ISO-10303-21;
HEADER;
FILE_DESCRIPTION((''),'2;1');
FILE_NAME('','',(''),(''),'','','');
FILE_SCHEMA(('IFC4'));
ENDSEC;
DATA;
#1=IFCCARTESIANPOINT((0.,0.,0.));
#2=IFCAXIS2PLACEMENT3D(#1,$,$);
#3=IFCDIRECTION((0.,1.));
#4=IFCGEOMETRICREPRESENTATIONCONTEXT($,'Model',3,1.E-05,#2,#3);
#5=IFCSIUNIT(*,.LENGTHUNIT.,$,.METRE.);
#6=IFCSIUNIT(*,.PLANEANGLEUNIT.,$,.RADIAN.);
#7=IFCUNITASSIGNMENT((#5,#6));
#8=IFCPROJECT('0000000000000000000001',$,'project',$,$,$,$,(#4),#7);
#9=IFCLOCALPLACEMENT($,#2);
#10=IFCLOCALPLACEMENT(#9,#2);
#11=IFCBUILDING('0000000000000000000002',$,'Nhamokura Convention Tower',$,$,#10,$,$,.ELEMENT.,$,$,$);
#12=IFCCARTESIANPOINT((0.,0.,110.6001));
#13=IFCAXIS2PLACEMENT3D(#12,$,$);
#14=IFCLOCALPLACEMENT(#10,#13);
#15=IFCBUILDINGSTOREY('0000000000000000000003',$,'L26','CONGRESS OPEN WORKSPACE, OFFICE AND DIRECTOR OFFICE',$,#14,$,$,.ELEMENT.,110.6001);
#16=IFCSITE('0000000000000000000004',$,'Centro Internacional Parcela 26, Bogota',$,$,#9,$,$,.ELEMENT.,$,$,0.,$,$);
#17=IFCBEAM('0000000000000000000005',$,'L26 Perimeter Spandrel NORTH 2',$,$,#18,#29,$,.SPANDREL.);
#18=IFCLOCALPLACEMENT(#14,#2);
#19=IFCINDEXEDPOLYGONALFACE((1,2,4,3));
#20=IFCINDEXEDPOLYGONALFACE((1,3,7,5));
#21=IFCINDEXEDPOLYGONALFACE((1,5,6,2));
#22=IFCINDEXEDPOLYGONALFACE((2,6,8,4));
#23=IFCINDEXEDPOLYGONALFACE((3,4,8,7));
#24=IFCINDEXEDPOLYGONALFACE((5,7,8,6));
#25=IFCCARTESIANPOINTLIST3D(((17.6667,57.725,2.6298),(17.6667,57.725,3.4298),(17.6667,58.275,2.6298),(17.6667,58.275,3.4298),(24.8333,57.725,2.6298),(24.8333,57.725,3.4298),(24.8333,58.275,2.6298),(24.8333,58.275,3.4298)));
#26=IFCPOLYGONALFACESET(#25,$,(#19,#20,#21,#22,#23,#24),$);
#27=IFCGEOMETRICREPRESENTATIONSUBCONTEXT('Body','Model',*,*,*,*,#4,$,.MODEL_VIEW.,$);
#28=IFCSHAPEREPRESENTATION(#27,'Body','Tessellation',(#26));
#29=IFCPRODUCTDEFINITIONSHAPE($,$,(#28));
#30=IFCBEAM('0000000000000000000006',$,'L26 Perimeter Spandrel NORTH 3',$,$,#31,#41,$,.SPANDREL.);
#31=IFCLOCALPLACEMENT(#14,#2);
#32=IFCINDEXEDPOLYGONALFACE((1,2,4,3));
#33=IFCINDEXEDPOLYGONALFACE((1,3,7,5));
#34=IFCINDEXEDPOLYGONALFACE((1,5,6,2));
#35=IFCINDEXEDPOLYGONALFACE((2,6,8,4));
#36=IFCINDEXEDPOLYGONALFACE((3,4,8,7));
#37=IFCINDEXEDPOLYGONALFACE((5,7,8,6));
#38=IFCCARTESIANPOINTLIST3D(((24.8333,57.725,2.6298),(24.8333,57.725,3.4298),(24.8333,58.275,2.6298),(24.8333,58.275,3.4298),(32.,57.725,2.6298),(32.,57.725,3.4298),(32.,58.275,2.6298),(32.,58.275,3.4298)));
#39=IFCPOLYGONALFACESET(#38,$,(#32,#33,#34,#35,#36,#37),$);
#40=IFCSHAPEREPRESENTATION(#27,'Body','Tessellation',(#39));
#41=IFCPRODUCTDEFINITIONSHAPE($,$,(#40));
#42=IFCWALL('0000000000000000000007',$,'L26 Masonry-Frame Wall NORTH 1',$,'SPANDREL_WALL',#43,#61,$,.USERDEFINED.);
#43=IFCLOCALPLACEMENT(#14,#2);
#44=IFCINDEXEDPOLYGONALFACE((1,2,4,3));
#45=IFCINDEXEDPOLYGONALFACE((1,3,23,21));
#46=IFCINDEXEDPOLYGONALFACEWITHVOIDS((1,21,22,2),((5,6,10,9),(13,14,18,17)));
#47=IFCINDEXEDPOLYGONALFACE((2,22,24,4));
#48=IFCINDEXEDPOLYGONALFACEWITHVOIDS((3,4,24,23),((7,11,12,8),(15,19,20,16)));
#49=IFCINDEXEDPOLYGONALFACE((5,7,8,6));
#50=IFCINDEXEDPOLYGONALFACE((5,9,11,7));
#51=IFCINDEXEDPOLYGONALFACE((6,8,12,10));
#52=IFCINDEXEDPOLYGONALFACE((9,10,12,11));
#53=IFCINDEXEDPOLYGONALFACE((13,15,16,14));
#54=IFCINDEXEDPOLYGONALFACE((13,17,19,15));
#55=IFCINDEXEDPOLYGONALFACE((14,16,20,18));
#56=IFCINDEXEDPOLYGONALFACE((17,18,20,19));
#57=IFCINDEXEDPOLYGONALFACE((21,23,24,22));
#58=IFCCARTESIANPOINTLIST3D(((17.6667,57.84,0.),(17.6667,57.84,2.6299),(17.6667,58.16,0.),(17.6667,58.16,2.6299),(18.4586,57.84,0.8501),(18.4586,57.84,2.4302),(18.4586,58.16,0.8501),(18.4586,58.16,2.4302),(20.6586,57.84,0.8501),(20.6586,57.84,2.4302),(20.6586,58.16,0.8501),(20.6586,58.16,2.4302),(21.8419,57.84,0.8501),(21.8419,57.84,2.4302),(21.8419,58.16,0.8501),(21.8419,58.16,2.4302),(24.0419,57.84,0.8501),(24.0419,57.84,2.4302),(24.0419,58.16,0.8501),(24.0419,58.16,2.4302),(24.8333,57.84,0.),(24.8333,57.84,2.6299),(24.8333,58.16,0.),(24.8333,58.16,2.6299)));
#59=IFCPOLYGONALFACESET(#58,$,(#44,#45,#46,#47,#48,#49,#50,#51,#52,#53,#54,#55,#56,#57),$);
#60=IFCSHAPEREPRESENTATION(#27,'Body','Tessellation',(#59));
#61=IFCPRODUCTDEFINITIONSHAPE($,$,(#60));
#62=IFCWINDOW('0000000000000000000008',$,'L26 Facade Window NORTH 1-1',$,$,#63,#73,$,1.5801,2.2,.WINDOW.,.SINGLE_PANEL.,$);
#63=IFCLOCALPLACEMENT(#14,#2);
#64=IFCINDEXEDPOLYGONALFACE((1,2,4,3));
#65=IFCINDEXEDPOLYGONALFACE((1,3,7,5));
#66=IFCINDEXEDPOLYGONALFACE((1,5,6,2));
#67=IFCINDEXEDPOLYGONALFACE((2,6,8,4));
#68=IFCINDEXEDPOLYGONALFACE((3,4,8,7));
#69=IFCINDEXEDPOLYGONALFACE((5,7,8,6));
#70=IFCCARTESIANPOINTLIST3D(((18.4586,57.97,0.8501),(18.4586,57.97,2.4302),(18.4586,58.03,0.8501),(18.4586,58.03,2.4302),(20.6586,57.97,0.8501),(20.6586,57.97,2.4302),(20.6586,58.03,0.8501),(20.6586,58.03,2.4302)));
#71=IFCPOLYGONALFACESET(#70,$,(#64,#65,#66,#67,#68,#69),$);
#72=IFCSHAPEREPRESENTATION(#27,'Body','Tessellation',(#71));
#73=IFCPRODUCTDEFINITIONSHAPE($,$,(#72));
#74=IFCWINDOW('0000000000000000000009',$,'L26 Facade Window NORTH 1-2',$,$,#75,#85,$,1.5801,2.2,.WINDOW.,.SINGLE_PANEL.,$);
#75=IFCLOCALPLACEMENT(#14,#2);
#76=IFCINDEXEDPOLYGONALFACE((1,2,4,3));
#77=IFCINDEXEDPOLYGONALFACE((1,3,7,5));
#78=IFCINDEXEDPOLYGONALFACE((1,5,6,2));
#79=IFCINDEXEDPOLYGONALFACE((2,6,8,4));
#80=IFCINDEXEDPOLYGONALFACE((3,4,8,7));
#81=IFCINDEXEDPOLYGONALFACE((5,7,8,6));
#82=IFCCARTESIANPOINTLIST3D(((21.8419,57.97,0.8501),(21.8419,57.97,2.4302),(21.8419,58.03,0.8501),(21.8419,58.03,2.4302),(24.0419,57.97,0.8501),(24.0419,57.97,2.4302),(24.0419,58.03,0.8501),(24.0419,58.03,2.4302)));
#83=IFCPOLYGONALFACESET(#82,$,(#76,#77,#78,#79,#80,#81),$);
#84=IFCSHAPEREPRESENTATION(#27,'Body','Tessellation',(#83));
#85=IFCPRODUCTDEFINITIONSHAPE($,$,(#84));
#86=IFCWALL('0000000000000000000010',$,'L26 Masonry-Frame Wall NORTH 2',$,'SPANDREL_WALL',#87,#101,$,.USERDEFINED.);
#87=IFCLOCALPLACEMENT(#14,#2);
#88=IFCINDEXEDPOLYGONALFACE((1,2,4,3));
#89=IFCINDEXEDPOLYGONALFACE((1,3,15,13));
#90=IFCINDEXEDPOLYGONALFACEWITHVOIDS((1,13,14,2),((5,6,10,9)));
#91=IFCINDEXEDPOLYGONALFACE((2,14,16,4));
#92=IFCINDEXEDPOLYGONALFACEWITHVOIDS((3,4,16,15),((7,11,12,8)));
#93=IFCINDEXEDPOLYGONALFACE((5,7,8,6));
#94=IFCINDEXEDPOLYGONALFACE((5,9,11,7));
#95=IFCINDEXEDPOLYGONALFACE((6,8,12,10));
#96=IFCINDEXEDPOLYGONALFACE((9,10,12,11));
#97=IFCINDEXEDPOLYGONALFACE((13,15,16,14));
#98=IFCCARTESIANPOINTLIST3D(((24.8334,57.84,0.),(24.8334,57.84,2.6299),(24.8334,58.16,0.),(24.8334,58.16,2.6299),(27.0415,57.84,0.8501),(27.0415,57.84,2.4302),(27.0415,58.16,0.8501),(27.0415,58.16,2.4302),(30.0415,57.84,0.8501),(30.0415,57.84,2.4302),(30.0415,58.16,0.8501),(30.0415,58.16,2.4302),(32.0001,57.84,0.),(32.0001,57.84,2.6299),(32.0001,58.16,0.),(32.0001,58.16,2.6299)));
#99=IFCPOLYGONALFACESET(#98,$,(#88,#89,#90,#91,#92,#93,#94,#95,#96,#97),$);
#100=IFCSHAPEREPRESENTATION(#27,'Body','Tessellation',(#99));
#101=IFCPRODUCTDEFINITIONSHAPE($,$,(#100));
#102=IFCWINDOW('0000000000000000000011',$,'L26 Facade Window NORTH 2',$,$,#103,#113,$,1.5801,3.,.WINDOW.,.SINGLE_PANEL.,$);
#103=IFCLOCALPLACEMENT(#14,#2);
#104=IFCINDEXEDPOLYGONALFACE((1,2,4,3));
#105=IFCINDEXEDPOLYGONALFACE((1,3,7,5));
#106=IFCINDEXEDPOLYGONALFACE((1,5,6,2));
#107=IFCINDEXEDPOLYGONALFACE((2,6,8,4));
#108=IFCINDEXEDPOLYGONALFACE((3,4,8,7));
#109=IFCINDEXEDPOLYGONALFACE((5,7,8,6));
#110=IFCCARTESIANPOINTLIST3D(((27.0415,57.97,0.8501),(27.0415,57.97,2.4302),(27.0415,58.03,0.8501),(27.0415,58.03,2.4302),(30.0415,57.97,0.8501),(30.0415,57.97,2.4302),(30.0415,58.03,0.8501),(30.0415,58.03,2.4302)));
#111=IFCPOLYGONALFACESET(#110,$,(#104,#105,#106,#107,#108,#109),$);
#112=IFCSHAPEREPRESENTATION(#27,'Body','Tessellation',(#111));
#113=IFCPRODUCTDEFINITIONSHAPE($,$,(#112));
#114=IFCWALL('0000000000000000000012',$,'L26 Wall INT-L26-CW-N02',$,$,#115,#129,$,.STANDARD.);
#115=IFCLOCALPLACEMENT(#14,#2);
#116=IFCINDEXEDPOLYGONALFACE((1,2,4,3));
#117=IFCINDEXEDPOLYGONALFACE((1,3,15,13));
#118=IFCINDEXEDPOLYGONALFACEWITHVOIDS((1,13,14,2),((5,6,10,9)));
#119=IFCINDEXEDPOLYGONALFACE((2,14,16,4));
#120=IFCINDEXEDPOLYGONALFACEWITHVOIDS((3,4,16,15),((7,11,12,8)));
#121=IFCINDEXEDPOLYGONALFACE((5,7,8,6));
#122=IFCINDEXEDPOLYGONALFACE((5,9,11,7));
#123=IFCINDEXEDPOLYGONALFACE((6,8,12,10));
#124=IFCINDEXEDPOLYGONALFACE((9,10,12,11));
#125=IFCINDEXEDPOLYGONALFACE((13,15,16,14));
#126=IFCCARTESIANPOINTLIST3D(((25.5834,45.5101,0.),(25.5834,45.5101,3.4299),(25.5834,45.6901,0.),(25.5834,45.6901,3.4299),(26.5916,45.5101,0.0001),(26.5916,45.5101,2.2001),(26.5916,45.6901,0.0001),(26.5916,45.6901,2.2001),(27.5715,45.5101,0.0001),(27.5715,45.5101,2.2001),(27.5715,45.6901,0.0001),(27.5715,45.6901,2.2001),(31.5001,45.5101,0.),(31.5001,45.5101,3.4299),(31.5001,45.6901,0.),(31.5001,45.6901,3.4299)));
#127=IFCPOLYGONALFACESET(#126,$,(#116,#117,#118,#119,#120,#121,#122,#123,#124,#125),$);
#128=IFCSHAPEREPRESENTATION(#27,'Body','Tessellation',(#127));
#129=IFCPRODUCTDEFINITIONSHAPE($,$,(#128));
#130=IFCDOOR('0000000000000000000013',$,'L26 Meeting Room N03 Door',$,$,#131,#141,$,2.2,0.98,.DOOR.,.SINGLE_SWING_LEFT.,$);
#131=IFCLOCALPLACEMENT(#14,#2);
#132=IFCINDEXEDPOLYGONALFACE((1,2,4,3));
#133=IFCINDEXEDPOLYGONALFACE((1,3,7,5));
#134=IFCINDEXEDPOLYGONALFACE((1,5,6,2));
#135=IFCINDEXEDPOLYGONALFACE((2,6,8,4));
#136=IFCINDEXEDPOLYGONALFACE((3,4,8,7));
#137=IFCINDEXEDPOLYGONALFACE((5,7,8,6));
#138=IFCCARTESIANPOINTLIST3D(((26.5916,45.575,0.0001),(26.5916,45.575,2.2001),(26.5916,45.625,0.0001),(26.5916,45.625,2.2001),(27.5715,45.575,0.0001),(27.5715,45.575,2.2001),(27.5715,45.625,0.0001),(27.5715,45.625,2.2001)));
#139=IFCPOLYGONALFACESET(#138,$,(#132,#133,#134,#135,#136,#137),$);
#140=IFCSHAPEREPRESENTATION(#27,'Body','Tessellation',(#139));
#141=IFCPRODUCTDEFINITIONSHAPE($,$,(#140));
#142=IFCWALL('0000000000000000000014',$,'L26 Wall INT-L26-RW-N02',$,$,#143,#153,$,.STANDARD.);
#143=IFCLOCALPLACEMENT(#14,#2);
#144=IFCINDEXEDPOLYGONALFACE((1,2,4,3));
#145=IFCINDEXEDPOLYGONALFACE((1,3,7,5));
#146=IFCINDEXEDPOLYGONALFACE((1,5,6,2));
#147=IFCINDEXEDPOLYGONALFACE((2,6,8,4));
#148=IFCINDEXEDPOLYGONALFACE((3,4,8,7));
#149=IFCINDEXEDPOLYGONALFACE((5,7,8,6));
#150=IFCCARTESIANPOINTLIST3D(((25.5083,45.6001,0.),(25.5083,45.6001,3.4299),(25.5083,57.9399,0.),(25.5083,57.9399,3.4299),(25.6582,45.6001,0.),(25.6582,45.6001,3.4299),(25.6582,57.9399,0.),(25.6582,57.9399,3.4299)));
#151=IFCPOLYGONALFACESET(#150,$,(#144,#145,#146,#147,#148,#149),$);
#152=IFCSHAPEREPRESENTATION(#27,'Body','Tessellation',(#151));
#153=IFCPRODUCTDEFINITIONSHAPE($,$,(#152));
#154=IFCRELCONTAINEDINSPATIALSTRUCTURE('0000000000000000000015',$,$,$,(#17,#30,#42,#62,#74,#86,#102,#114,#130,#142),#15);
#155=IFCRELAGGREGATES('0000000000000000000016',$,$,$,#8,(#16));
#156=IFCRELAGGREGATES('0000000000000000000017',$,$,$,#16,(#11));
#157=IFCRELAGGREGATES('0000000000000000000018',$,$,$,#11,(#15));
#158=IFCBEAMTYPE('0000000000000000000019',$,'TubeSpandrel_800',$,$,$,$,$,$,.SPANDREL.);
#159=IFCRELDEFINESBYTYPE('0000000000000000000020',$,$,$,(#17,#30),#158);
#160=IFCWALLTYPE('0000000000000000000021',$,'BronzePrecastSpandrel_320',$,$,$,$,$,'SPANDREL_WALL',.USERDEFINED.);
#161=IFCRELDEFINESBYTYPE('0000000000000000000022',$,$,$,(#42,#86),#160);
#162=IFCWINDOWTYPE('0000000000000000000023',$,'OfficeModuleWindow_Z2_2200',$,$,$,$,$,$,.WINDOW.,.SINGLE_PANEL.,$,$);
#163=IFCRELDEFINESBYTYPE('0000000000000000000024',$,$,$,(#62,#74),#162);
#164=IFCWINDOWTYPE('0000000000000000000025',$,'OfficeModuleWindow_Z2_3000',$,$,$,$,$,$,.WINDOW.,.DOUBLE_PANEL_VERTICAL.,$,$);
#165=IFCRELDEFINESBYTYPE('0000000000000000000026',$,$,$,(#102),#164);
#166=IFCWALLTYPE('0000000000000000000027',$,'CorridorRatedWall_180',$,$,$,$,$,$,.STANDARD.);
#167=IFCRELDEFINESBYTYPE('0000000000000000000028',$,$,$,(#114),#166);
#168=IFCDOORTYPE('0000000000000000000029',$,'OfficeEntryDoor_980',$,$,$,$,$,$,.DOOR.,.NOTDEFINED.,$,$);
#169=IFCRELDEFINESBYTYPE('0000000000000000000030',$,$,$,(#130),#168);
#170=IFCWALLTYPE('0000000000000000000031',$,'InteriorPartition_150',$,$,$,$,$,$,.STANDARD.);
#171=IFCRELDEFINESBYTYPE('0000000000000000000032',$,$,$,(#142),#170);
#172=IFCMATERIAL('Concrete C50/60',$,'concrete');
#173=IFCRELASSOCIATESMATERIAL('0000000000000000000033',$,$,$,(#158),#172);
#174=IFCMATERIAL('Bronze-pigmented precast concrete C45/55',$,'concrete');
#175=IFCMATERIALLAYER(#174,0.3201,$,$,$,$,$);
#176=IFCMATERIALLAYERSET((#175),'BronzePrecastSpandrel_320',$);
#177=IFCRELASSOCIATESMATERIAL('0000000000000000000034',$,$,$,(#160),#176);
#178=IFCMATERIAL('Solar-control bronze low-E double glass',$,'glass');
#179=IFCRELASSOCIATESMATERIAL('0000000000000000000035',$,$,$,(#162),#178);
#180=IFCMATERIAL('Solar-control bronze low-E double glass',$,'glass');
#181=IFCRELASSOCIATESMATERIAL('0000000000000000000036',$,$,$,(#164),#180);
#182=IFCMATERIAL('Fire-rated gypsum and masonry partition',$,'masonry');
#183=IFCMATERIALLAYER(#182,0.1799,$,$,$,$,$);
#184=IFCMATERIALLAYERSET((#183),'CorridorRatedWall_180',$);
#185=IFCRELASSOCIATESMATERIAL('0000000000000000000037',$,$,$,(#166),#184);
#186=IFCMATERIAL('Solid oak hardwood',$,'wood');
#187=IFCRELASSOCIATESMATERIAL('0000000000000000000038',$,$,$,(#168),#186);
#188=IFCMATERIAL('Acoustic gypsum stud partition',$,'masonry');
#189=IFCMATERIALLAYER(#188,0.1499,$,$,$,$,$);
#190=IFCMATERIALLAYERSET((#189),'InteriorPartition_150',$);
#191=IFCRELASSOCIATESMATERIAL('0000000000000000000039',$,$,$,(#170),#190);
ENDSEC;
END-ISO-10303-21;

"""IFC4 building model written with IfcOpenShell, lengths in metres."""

from ifc_helpers import new_model, si_unit, direction, frame, frame_2d, origin, origin_2d, place, context, subcontext, project, spatial, rectangle, extrude, material, layer, layer_set, material_profile, profile_set, type_object, element, fill, save


model = new_model("IFC4")

# Units and contexts
model_context = context("Model", 3, precision=1e-05, world=origin(), true_north=direction((0.0, 1.0)))
body_context = subcontext(model_context, "Body", "Model", "MODEL_VIEW")
ifc_project = project(units=[si_unit("LENGTHUNIT", "METRE"), si_unit("PLANEANGLEUNIT", "RADIAN")], contexts=[model_context])

# Site, building, storey
site_placement = place(None, origin())
site = spatial("IfcSite", under=ifc_project, at=site_placement, Name="Centro Internacional Parcela 26, Bogota", CompositionType="ELEMENT", RefElevation=0.0)
building_placement = place(site_placement, origin())
building = spatial("IfcBuilding", under=site, at=building_placement, Name="Nhamokura Convention Tower", CompositionType="ELEMENT")
storey_placement = place(building_placement, frame((0.0, 0.0, 110.6001)))
storey = spatial("IfcBuildingStorey", under=building, at=storey_placement, Name="L26", Description="CONGRESS OPEN WORKSPACE, OFFICE AND DIRECTOR OFFICE", CompositionType="ELEMENT", Elevation=110.6001)

# Beams
ifc_material_1 = material(Name="Concrete C50/60", Category="concrete")
ifc_material_profile_1 = material_profile(ifc_material_1, rectangle(XDim=0.55, YDim=0.8, at=origin_2d()))
ifc_profile_set_1 = profile_set([ifc_material_profile_1], Name="Concrete C50/60")
beam_type_1 = type_object("IfcBeamType", Name="TubeSpandrel_800", PredefinedType="SPANDREL", material=ifc_profile_set_1)
beam_1_placement = place(storey_placement, frame((17.6667, 58.0, 3.0298), z_axis=(1.0, 0.0, 0.0), x_axis=(0.0, 1.0, 0.0)))
element("IfcBeam", 1, at=beam_1_placement, inside=storey, type_object=beam_type_1, Name="L26 Perimeter Spandrel NORTH 2", PredefinedType="SPANDREL", context=body_context, shape_type="SweptSolid", body=[
    extrude(rectangle(XDim=0.55, YDim=0.8, at=origin_2d()), origin(), (0.0, 0.0, 1.0), 7.1665),
])
beam_2_placement = place(storey_placement, frame((24.8333, 58.0, 3.0298), z_axis=(1.0, 0.0, 0.0), x_axis=(0.0, 1.0, 0.0)))
element("IfcBeam", 2, at=beam_2_placement, inside=storey, type_object=beam_type_1, Name="L26 Perimeter Spandrel NORTH 3", PredefinedType="SPANDREL", context=body_context, shape_type="SweptSolid", body=[
    extrude(rectangle(XDim=0.55, YDim=0.8, at=origin_2d()), origin(), (0.0, 0.0, 1.0), 7.1667),
])

# Wall, openings, windows
ifc_material_2 = material(Name="Bronze-pigmented precast concrete C45/55", Category="concrete")
ifc_layer_1 = layer(ifc_material_2, 0.3201)
ifc_layer_set_1 = layer_set([ifc_layer_1], Name="BronzePrecastSpandrel_320")
wall_type_1 = type_object("IfcWallType", Name="BronzePrecastSpandrel_320", ElementType="SPANDREL_WALL", PredefinedType="USERDEFINED", material=ifc_layer_set_1)
wall_1_placement = place(storey_placement, frame((17.6667, 58.0, 0.0), z_axis=(0.0, 0.0, 1.0), x_axis=(1.0, 0.0, 0.0)))
wall_1 = element("IfcWall", 3, at=wall_1_placement, inside=storey, type_object=wall_type_1, Name="L26 Masonry-Frame Wall NORTH 1", ObjectType="SPANDREL_WALL", PredefinedType="USERDEFINED", context=body_context, shape_type="SweptSolid", body=[
    extrude(rectangle(XDim=7.1665, YDim=0.3201, at=frame_2d((3.5833, 0.0))), origin(), (0.0, 0.0, 1.0), 2.6299),
])
opening_1_placement = place(wall_1_placement, frame((0.7917, 0.0, 0.8501)))
opening_1 = element("IfcOpeningElement", 4, at=opening_1_placement, cuts=wall_1, PredefinedType="OPENING", context=body_context, shape_type="SweptSolid", body=[
    extrude(rectangle(XDim=2.2, YDim=1.5801, at=frame_2d((1.1001, 0.79))), frame((0.0, 0.1699, 0.0), z_axis=(0.0, -1.0, 0.0), x_axis=(1.0, 0.0, 0.0)), (0.0, 0.0, 1.0), 0.3401),
])
opening_2_placement = place(wall_1_placement, frame((4.175, 0.0, 0.8501)))
opening_2 = element("IfcOpeningElement", 5, at=opening_2_placement, cuts=wall_1, PredefinedType="OPENING", context=body_context, shape_type="SweptSolid", body=[
    extrude(rectangle(XDim=2.2, YDim=1.5801, at=frame_2d((1.1001, 0.79))), frame((0.0, 0.1699, 0.0), z_axis=(0.0, -1.0, 0.0), x_axis=(1.0, 0.0, 0.0)), (0.0, 0.0, 1.0), 0.3401),
])
ifc_material_3 = material(Name="Solar-control bronze low-E double glass", Category="glass")
window_type_1 = type_object("IfcWindowType", Name="OfficeModuleWindow_Z2_2200", PartitioningType="SINGLE_PANEL", PredefinedType="WINDOW", material=ifc_material_3)
window_1_placement = place(opening_1_placement, origin())
window_1 = element("IfcWindow", 6, at=window_1_placement, inside=storey, type_object=window_type_1, Name="L26 Facade Window NORTH 1-1", OverallHeight=1.5801, OverallWidth=2.2, PartitioningType="SINGLE_PANEL", PredefinedType="WINDOW", context=body_context, shape_type="SweptSolid", body=[
    extrude(rectangle(XDim=2.2, YDim=1.5801, at=frame_2d((1.1001, 0.79))), frame((0.0, 0.03, 0.0), z_axis=(0.0, -1.0, 0.0), x_axis=(1.0, 0.0, 0.0)), (0.0, 0.0, 1.0), 0.0601),
])
fill(opening_1, window_1)
window_2_placement = place(opening_2_placement, origin())
window_2 = element("IfcWindow", 7, at=window_2_placement, inside=storey, type_object=window_type_1, Name="L26 Facade Window NORTH 1-2", OverallHeight=1.5801, OverallWidth=2.2, PartitioningType="SINGLE_PANEL", PredefinedType="WINDOW", context=body_context, shape_type="SweptSolid", body=[
    extrude(rectangle(XDim=2.2, YDim=1.5801, at=frame_2d((1.1001, 0.79))), frame((0.0, 0.03, 0.0), z_axis=(0.0, -1.0, 0.0), x_axis=(1.0, 0.0, 0.0)), (0.0, 0.0, 1.0), 0.0601),
])
fill(opening_2, window_2)

# Wall, opening, window
wall_2_placement = place(storey_placement, frame((24.8333, 58.0, 0.0), z_axis=(0.0, 0.0, 1.0), x_axis=(1.0, 0.0, 0.0)))
wall_2 = element("IfcWall", 8, at=wall_2_placement, inside=storey, type_object=wall_type_1, Name="L26 Masonry-Frame Wall NORTH 2", ObjectType="SPANDREL_WALL", PredefinedType="USERDEFINED", context=body_context, shape_type="SweptSolid", body=[
    extrude(rectangle(XDim=7.1667, YDim=0.3201, at=frame_2d((3.5835, 0.0))), origin(), (0.0, 0.0, 1.0), 2.6299),
])
opening_3_placement = place(wall_2_placement, frame((2.2083, 0.0, 0.8501)))
opening_3 = element("IfcOpeningElement", 9, at=opening_3_placement, cuts=wall_2, PredefinedType="OPENING", context=body_context, shape_type="SweptSolid", body=[
    extrude(rectangle(XDim=3.0, YDim=1.5801, at=frame_2d((1.5, 0.79))), frame((0.0, 0.1699, 0.0), z_axis=(0.0, -1.0, 0.0), x_axis=(1.0, 0.0, 0.0)), (0.0, 0.0, 1.0), 0.3401),
])
ifc_material_4 = material(Name="Solar-control bronze low-E double glass", Category="glass")
window_type_2 = type_object("IfcWindowType", Name="OfficeModuleWindow_Z2_3000", PartitioningType="DOUBLE_PANEL_VERTICAL", PredefinedType="WINDOW", material=ifc_material_4)
window_3_placement = place(opening_3_placement, origin())
window_3 = element("IfcWindow", 10, at=window_3_placement, inside=storey, type_object=window_type_2, Name="L26 Facade Window NORTH 2", OverallHeight=1.5801, OverallWidth=3.0, PartitioningType="SINGLE_PANEL", PredefinedType="WINDOW", context=body_context, shape_type="SweptSolid", body=[
    extrude(rectangle(XDim=3.0, YDim=1.5801, at=frame_2d((1.5, 0.79))), frame((0.0, 0.03, 0.0), z_axis=(0.0, -1.0, 0.0), x_axis=(1.0, 0.0, 0.0)), (0.0, 0.0, 1.0), 0.0601),
])
fill(opening_3, window_3)

# Wall, opening, door
ifc_material_5 = material(Name="Fire-rated gypsum and masonry partition", Category="masonry")
ifc_layer_2 = layer(ifc_material_5, 0.1799)
ifc_layer_set_2 = layer_set([ifc_layer_2], Name="CorridorRatedWall_180")
wall_type_2 = type_object("IfcWallType", Name="CorridorRatedWall_180", PredefinedType="STANDARD", material=ifc_layer_set_2)
wall_3_placement = place(storey_placement, frame((25.5833, 45.6001, 0.0), z_axis=(0.0, 0.0, 1.0), x_axis=(1.0, 0.0, 0.0)))
wall_3 = element("IfcWall", 11, at=wall_3_placement, inside=storey, type_object=wall_type_2, Name="L26 Wall INT-L26-CW-N02", PredefinedType="STANDARD", context=body_context, shape_type="SweptSolid", body=[
    extrude(rectangle(XDim=5.9167, YDim=0.1799, at=frame_2d((2.9585, 0.0))), origin(), (0.0, 0.0, 1.0), 3.4299),
])
opening_4_placement = place(wall_3_placement, frame((1.0083, 0.0, 0.0)))
opening_4 = element("IfcOpeningElement", 12, at=opening_4_placement, cuts=wall_3, PredefinedType="OPENING", context=body_context, shape_type="SweptSolid", body=[
    extrude(rectangle(XDim=0.98, YDim=2.2, at=frame_2d((0.49, 1.1001))), frame((0.0, 0.0999, 0.0), z_axis=(0.0, -1.0, 0.0), x_axis=(1.0, 0.0, 0.0)), (0.0, 0.0, 1.0), 0.2),
])
ifc_material_6 = material(Name="Solid oak hardwood", Category="wood")
door_type = type_object("IfcDoorType", Name="OfficeEntryDoor_980", OperationType="NOTDEFINED", PredefinedType="DOOR", material=ifc_material_6)
door_placement = place(opening_4_placement, origin())
door = element("IfcDoor", 13, at=door_placement, inside=storey, type_object=door_type, Name="L26 Meeting Room N03 Door", OperationType="SINGLE_SWING_LEFT", OverallHeight=2.2, OverallWidth=0.98, PredefinedType="DOOR", context=body_context, shape_type="SweptSolid", body=[
    extrude(rectangle(XDim=0.98, YDim=2.2, at=frame_2d((0.49, 1.1001))), frame((0.0, 0.0249, 0.0), z_axis=(0.0, -1.0, 0.0), x_axis=(1.0, 0.0, 0.0)), (0.0, 0.0, 1.0), 0.05),
])
fill(opening_4, door)

# Wall
ifc_material_7 = material(Name="Acoustic gypsum stud partition", Category="masonry")
ifc_layer_3 = layer(ifc_material_7, 0.1499)
ifc_layer_set_3 = layer_set([ifc_layer_3], Name="InteriorPartition_150")
wall_type_3 = type_object("IfcWallType", Name="InteriorPartition_150", PredefinedType="STANDARD", material=ifc_layer_set_3)
wall_4_placement = place(storey_placement, frame((25.5833, 45.6001, 0.0), z_axis=(0.0, 0.0, 1.0), x_axis=(0.0, 1.0, 0.0)))
element("IfcWall", 14, at=wall_4_placement, inside=storey, type_object=wall_type_3, Name="L26 Wall INT-L26-RW-N02", PredefinedType="STANDARD", context=body_context, shape_type="SweptSolid", body=[
    extrude(rectangle(XDim=12.3398, YDim=0.1499, at=frame_2d((6.1699, 0.0))), origin(), (0.0, 0.0, 1.0), 3.4299),
])

save(model, "model.ifc")
